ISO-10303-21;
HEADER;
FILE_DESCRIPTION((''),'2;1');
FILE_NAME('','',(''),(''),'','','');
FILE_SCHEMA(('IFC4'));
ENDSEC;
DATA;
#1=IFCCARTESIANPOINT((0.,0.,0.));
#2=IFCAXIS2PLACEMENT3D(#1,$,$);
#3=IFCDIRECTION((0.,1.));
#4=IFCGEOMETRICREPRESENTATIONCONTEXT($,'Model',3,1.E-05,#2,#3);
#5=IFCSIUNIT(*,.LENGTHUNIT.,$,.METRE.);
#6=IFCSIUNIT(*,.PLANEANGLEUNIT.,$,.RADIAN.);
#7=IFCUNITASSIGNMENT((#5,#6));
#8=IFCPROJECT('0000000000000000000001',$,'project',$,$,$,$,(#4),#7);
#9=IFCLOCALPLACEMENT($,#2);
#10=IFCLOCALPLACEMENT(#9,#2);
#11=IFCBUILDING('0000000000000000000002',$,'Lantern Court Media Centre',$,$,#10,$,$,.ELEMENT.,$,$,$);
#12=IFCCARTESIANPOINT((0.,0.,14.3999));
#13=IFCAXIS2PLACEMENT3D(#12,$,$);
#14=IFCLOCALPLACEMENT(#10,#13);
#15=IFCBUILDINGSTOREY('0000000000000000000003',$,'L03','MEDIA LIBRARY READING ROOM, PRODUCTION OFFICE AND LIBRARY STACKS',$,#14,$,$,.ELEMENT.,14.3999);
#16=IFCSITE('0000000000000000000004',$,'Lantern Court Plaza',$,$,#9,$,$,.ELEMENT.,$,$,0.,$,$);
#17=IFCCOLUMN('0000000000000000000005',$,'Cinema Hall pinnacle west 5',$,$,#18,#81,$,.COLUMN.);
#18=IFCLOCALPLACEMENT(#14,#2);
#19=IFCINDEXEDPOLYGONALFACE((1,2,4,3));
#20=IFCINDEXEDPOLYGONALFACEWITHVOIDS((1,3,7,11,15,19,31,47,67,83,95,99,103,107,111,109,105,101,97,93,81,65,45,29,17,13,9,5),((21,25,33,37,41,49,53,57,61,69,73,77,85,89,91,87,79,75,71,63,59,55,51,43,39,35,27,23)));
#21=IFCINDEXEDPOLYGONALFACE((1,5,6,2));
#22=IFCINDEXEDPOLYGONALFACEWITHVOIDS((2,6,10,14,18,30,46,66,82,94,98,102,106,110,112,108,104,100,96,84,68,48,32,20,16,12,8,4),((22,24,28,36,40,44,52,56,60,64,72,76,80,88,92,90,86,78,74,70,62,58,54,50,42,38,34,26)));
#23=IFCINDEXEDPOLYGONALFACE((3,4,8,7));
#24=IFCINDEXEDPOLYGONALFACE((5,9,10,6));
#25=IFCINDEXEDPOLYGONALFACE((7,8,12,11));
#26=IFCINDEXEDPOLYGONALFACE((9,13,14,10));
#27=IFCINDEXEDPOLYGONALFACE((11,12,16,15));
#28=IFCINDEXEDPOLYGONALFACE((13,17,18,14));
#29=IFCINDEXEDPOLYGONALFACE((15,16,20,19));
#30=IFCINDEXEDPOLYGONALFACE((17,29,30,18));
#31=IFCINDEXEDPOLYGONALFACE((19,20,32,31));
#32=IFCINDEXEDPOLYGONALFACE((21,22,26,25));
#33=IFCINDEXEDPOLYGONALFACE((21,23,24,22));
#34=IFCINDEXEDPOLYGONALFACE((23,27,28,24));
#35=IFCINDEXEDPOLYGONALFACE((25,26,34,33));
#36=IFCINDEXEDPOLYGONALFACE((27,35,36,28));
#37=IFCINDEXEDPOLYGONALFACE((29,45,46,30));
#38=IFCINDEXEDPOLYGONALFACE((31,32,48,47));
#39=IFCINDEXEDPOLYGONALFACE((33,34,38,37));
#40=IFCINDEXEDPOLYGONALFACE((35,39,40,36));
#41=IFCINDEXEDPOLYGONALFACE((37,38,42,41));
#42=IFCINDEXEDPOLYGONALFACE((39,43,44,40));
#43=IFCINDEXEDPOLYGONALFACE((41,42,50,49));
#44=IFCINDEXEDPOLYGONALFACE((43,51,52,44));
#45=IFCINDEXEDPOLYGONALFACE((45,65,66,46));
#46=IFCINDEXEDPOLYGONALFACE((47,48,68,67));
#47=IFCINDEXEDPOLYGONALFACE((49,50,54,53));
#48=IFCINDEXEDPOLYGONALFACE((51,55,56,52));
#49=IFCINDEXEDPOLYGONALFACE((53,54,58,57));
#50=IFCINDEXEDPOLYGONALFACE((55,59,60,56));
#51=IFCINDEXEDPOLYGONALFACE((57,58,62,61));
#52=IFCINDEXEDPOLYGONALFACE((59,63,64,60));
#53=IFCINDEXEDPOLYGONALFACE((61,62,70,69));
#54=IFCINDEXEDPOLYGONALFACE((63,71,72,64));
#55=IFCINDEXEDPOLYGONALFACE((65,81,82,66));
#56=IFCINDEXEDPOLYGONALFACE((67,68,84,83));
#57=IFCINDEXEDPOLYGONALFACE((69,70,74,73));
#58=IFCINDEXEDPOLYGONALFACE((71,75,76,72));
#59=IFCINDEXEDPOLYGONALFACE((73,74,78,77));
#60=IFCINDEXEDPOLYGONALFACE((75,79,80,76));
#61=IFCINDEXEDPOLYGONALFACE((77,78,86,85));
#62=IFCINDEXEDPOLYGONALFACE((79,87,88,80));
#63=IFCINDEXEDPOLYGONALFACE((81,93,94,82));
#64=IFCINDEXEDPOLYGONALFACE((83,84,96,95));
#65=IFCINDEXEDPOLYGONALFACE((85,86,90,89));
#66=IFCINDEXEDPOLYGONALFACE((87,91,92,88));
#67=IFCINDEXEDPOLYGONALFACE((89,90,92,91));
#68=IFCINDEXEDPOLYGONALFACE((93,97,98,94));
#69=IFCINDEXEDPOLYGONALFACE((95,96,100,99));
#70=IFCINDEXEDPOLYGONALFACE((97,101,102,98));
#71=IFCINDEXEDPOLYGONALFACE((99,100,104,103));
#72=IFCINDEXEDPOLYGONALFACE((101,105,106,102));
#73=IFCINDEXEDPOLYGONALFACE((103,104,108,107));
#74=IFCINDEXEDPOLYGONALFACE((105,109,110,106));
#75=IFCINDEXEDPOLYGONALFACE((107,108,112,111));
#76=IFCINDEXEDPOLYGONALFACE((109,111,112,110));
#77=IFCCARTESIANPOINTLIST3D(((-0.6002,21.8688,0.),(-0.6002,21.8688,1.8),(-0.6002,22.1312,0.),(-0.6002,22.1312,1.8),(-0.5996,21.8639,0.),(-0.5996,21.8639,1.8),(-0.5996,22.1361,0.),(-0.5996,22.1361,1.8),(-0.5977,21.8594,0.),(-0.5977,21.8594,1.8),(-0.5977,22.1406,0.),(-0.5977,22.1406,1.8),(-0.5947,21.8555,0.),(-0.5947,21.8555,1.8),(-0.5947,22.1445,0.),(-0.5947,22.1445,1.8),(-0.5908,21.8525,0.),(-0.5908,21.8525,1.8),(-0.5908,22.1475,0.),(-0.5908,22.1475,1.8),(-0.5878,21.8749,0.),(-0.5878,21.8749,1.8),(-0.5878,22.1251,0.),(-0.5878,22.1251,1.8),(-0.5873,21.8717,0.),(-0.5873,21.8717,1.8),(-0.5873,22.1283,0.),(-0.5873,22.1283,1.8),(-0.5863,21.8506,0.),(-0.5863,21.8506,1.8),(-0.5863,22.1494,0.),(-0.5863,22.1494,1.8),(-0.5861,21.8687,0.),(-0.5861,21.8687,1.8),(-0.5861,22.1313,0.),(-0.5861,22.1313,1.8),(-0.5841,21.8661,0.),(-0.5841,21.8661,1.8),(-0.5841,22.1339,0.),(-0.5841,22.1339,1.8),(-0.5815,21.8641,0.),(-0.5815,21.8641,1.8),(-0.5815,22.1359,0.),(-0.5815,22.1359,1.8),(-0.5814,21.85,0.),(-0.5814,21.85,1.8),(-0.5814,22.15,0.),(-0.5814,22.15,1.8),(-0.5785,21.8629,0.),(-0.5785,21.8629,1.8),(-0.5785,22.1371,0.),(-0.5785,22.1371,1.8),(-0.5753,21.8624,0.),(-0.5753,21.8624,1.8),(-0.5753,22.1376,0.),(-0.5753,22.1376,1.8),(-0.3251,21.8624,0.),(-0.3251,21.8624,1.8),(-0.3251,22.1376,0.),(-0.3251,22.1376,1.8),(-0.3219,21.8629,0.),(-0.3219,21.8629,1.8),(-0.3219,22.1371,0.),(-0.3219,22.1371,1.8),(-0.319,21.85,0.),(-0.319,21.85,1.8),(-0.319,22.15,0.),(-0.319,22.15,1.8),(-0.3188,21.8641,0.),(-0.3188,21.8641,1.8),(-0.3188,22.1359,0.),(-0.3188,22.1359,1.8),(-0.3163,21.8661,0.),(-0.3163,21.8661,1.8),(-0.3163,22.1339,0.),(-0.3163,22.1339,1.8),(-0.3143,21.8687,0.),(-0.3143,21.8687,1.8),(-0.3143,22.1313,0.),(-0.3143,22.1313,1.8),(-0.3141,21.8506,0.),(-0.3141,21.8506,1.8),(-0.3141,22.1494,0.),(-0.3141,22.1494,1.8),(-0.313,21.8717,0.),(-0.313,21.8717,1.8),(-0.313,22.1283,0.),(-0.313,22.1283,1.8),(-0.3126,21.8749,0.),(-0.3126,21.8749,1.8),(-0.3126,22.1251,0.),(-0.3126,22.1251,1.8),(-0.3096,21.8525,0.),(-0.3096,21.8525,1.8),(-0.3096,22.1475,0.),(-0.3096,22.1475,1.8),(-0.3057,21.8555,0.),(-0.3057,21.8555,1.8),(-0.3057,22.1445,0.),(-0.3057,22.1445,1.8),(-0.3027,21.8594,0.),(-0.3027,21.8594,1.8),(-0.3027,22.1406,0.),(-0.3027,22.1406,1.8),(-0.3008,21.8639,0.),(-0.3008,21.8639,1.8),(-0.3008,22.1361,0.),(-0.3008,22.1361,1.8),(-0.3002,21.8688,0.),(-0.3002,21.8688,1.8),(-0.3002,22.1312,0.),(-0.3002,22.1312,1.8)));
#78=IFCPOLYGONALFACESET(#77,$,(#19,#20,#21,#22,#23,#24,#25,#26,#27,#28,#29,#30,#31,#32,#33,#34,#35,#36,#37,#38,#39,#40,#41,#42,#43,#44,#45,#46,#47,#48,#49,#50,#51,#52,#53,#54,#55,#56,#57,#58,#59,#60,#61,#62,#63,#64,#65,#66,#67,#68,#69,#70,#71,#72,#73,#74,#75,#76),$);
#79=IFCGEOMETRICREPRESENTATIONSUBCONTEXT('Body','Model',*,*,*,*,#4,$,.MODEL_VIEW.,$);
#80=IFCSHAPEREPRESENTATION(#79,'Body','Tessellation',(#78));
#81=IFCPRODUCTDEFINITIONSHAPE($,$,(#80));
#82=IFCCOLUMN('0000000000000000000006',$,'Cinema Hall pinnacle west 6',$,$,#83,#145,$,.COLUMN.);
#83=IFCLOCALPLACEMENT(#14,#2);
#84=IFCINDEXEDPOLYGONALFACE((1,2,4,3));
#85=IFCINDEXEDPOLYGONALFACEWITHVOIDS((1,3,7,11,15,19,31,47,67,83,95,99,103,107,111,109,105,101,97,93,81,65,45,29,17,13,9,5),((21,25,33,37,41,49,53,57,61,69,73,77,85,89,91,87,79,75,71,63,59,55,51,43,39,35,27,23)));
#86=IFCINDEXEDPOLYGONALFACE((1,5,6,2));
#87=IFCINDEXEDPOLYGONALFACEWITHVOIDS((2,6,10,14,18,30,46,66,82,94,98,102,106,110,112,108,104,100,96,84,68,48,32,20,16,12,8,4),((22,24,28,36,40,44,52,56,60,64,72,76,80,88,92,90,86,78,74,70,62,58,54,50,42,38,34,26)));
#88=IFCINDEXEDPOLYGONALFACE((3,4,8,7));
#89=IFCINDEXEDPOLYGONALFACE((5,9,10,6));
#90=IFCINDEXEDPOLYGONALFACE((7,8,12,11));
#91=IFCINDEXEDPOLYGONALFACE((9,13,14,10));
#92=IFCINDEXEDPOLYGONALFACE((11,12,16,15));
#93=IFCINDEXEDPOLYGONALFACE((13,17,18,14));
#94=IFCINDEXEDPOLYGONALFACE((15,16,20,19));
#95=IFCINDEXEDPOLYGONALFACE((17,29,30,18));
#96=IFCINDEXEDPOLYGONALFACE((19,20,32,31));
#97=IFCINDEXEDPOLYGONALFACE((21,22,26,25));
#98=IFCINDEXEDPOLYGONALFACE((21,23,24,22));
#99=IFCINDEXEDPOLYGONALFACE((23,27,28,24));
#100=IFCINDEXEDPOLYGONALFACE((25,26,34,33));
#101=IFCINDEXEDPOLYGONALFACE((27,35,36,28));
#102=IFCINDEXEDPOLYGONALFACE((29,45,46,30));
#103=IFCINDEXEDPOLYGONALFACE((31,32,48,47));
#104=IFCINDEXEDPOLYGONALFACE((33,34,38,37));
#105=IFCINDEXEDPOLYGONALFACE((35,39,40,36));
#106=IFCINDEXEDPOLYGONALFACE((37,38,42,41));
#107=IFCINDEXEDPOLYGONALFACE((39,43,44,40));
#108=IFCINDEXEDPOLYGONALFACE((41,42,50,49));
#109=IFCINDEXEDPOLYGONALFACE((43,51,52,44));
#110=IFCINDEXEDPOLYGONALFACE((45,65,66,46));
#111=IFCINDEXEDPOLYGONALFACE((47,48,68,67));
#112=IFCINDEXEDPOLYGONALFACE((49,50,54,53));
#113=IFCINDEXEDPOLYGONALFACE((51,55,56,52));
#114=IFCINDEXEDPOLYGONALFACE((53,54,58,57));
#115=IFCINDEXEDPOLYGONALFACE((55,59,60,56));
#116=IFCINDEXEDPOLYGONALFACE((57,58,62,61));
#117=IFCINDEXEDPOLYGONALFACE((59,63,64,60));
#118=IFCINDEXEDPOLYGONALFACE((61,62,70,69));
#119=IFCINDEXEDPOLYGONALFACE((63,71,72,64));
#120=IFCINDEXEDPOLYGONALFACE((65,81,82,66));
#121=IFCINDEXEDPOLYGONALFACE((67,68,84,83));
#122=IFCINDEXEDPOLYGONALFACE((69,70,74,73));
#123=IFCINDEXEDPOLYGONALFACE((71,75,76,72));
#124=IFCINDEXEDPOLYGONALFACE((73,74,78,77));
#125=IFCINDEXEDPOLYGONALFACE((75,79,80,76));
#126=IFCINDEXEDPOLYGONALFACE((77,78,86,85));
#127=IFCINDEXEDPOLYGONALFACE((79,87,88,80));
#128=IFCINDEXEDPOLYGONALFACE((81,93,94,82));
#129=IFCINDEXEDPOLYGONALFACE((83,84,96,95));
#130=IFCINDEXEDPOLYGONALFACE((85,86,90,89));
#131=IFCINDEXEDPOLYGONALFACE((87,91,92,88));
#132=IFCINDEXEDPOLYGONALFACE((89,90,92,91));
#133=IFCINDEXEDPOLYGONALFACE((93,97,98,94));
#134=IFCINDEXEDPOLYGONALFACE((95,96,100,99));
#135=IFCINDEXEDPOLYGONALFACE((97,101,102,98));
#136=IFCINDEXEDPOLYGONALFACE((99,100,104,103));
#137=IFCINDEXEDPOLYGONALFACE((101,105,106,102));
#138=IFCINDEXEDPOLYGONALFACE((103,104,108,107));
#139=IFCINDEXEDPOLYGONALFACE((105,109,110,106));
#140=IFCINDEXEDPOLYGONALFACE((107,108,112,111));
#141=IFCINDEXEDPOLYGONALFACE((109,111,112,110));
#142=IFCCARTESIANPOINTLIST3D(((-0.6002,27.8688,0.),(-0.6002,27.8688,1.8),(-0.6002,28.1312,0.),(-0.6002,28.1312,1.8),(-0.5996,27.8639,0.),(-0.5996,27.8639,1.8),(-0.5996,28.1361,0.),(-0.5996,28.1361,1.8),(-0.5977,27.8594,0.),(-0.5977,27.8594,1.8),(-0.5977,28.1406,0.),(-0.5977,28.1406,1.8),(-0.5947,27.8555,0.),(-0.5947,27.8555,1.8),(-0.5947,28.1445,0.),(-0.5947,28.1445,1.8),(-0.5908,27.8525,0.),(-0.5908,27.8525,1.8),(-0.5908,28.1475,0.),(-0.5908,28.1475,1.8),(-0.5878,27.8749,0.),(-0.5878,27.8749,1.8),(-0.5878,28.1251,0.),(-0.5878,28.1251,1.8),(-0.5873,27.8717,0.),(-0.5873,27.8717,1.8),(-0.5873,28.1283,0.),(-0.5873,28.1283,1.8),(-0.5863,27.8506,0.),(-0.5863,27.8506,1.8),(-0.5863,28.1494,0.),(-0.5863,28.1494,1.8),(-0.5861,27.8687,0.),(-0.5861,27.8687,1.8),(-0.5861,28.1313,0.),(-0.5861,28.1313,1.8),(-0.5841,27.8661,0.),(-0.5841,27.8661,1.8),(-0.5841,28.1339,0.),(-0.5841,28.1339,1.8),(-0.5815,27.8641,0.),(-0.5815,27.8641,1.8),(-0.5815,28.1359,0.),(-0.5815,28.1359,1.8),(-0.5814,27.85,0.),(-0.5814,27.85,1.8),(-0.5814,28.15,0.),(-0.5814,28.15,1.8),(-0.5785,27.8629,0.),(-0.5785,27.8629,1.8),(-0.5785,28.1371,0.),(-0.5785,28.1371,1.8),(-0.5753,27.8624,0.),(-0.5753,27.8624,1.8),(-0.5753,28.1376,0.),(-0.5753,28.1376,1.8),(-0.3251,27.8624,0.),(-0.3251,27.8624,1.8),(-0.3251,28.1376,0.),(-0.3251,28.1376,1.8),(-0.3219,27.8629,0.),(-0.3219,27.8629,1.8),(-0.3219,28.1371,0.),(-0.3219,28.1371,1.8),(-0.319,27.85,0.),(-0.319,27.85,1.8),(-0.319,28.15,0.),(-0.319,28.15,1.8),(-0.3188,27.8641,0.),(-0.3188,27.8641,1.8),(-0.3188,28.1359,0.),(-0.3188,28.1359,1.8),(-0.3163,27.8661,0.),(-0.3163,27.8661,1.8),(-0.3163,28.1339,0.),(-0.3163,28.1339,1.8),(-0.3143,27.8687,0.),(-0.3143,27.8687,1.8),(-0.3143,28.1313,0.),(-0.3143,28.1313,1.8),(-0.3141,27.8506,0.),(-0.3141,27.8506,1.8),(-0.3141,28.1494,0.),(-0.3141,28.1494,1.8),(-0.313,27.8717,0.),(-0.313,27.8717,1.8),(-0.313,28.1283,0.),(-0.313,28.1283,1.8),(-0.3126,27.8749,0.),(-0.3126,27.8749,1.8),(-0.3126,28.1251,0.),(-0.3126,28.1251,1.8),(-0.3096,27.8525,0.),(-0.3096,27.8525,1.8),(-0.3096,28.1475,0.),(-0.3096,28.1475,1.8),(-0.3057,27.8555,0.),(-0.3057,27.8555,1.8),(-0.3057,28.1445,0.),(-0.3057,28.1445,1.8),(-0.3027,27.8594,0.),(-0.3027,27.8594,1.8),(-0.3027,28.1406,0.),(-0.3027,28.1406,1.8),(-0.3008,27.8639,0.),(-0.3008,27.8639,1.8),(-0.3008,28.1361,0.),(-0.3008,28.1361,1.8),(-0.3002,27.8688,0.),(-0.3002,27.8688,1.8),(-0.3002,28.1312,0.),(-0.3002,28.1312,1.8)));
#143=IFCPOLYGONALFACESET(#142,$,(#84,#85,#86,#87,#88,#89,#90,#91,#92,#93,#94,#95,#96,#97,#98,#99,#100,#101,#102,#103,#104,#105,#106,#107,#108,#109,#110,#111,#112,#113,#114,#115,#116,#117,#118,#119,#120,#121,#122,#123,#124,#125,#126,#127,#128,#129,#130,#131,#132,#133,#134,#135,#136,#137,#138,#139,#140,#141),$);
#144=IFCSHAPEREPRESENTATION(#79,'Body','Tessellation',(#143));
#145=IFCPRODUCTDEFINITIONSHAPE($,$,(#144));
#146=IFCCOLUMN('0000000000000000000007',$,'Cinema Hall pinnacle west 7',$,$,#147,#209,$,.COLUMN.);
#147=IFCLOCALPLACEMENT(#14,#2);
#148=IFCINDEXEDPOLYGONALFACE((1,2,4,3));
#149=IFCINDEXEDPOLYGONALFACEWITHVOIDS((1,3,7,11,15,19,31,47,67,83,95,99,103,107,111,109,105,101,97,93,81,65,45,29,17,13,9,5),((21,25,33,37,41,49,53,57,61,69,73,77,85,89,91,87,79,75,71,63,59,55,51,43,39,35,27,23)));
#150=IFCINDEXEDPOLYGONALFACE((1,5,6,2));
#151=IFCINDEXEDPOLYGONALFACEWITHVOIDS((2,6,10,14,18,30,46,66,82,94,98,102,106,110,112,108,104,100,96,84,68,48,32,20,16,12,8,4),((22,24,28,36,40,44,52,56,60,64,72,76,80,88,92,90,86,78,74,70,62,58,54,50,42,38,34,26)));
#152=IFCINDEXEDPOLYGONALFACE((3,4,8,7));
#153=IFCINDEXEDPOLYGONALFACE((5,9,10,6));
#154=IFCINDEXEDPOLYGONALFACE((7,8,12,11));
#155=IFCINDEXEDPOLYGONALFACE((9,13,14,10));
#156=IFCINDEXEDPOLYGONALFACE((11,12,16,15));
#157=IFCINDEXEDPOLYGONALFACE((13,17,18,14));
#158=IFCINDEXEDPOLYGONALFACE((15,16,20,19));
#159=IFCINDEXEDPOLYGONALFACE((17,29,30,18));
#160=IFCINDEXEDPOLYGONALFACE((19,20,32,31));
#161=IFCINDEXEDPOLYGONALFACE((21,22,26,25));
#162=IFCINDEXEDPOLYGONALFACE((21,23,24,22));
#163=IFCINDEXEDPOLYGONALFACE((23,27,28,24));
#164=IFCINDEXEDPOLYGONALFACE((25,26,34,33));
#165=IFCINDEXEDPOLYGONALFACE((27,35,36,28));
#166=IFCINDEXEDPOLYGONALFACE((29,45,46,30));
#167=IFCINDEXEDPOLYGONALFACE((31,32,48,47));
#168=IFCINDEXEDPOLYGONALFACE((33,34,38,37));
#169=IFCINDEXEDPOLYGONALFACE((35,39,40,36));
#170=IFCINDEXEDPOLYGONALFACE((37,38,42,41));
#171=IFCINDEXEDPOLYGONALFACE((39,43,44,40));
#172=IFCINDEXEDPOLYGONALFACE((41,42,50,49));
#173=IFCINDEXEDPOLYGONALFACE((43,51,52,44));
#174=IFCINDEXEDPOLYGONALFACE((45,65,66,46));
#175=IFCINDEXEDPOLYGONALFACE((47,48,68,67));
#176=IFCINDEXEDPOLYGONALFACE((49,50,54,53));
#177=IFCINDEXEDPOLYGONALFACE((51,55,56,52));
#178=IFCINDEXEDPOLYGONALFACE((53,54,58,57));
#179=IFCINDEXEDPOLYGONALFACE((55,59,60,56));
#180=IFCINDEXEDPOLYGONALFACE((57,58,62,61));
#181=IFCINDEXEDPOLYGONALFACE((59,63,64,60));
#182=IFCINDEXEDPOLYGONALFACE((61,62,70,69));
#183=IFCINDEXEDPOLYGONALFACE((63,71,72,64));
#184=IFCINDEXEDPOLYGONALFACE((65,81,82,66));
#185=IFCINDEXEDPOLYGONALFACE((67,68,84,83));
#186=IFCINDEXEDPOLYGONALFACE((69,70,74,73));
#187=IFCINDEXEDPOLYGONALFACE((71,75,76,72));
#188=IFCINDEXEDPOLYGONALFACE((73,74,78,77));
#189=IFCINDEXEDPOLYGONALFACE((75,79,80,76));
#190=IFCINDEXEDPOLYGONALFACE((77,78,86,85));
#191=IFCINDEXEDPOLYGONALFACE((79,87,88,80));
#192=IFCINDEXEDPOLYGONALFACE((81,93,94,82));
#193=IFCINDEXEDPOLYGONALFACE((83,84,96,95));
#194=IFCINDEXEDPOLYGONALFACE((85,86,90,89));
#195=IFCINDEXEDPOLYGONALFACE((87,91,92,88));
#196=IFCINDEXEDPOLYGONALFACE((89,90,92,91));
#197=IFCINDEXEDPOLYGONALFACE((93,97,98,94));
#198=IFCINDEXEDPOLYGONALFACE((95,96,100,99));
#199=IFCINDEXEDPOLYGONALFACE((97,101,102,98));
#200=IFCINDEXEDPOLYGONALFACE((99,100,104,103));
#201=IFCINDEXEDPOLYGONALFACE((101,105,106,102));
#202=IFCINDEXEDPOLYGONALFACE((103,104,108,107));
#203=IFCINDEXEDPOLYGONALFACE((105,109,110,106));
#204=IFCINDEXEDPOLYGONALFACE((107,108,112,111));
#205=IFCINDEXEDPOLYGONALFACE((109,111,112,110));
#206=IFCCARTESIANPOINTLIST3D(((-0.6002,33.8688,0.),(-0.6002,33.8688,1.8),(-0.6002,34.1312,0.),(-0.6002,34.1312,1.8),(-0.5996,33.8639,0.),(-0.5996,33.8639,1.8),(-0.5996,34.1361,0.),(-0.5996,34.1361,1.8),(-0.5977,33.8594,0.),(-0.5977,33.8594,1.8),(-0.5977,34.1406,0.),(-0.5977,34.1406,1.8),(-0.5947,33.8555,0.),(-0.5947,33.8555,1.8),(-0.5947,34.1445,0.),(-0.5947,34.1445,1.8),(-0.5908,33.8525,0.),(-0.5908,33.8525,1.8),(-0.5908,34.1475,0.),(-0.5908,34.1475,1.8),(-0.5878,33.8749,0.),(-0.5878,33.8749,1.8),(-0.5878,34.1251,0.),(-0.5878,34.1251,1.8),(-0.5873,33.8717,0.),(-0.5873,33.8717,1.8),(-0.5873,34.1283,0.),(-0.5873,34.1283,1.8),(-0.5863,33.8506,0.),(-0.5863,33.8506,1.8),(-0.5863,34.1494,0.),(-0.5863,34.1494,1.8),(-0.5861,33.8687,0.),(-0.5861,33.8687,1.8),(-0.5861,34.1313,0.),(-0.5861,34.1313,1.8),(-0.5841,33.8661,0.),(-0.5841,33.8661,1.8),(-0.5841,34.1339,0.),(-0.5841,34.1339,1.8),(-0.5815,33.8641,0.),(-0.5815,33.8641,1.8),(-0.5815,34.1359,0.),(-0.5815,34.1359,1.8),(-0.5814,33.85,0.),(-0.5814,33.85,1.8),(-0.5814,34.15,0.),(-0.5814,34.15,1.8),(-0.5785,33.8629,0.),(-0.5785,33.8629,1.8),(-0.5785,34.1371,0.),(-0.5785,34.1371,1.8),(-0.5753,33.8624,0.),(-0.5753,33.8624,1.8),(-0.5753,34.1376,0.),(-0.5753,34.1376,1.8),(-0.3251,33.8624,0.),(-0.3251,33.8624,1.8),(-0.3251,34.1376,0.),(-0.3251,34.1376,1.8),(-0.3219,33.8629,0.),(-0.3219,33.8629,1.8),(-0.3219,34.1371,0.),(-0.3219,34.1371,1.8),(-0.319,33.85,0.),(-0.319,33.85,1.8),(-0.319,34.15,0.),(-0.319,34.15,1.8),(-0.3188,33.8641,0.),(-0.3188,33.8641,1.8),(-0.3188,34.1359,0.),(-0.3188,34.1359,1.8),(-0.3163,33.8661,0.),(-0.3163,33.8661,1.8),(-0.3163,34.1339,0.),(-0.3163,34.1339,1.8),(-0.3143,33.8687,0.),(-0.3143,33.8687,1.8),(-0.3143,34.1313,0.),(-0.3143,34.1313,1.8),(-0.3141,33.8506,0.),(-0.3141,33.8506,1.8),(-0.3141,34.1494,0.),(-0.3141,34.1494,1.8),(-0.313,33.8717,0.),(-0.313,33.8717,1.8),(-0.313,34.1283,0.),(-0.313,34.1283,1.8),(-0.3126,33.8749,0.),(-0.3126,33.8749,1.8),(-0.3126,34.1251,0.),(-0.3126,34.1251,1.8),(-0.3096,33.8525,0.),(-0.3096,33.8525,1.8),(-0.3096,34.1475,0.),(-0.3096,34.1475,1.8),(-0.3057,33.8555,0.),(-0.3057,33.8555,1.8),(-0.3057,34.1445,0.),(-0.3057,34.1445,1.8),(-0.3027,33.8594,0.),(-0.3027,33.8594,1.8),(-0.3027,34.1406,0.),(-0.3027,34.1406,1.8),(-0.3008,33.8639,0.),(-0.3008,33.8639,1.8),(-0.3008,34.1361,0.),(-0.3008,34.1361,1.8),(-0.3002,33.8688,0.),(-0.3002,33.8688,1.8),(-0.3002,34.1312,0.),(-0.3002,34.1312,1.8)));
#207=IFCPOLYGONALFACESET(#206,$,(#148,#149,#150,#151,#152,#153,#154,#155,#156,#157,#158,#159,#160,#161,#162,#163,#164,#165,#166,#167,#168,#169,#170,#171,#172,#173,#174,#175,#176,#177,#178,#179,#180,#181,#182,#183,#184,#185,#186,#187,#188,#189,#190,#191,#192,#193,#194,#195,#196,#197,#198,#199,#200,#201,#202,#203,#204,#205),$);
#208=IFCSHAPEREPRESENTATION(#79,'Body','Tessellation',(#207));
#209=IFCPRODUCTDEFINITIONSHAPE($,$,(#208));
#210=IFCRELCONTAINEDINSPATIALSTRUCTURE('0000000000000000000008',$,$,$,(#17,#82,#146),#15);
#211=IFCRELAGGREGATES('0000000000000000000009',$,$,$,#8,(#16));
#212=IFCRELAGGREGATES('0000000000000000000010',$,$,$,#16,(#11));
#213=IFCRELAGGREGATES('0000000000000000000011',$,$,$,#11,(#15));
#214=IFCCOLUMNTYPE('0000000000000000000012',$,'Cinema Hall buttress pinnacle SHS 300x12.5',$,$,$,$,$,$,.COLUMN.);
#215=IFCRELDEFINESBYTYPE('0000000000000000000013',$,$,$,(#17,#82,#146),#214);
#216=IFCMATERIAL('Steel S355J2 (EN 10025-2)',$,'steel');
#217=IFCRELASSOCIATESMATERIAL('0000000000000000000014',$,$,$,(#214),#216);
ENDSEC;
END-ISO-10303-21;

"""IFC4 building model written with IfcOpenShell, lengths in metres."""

from ifc_helpers import new_model, si_unit, direction, frame, origin, origin_2d, place, context, subcontext, project, spatial, hollow_rectangle, extrude, material, material_profile, profile_set, type_object, element, save


model = new_model("IFC4")

# Units and contexts
model_context = context("Model", 3, precision=1e-05, world=origin(), true_north=direction((0.0, 1.0)))
body_context = subcontext(model_context, "Body", "Model", "MODEL_VIEW")
ifc_project = project(units=[si_unit("LENGTHUNIT", "METRE"), si_unit("PLANEANGLEUNIT", "RADIAN")], contexts=[model_context])

# Site, building, storey
site_placement = place(None, origin())
site = spatial("IfcSite", under=ifc_project, at=site_placement, Name="Lantern Court Plaza", CompositionType="ELEMENT", RefElevation=0.0)
building_placement = place(site_placement, origin())
building = spatial("IfcBuilding", under=site, at=building_placement, Name="Lantern Court Media Centre", CompositionType="ELEMENT")
storey_placement = place(building_placement, frame((0.0, 0.0, 14.3999)))
storey = spatial("IfcBuildingStorey", under=building, at=storey_placement, Name="L03", Description="MEDIA LIBRARY READING ROOM, PRODUCTION OFFICE AND LIBRARY STACKS", CompositionType="ELEMENT", Elevation=14.3999)

# Columns
ifc_material_1 = material(Name="Steel S355J2 (EN 10025-2)", Category="steel")
ifc_material_profile_1 = material_profile(ifc_material_1, hollow_rectangle(XDim=0.3, YDim=0.3, WallThickness=0.0125, InnerFilletRadius=0.0125, OuterFilletRadius=0.0188, at=origin_2d()), Name="Cinema Hall buttress pinnacle SHS 300x12.5")
ifc_profile_set_1 = profile_set([ifc_material_profile_1], Name="Steel S355J2 (EN 10025-2)")
column_type = type_object("IfcColumnType", Name="Cinema Hall buttress pinnacle SHS 300x12.5", PredefinedType="COLUMN", material=ifc_profile_set_1)
for number, where, z_axis, x_axis, name in (
    (1, (-0.4502, 22.0, 0.0), (0.0, 0.0, 1.0), (1.0, 0.0, 0.0), "Cinema Hall pinnacle west 5"),
    (2, (-0.4502, 28.0, 0.0), (0.0, 0.0, 1.0), (1.0, 0.0, 0.0), "Cinema Hall pinnacle west 6"),
    (3, (-0.4502, 34.0, 0.0), (0.0, 0.0, 1.0), (1.0, 0.0, 0.0), "Cinema Hall pinnacle west 7"),
):
    element("IfcColumn", number, at=place(storey_placement, frame(where, z_axis=z_axis, x_axis=x_axis)), inside=storey, type_object=column_type, Name=name, PredefinedType="COLUMN", context=body_context, shape_type="SweptSolid", body=[
        extrude(hollow_rectangle(XDim=0.3, YDim=0.3, WallThickness=0.0125, InnerFilletRadius=0.0125, OuterFilletRadius=0.0188, at=origin_2d()), origin(), (0.0, 0.0, 1.0), 1.8),
    ])

save(model, "model.ifc")
